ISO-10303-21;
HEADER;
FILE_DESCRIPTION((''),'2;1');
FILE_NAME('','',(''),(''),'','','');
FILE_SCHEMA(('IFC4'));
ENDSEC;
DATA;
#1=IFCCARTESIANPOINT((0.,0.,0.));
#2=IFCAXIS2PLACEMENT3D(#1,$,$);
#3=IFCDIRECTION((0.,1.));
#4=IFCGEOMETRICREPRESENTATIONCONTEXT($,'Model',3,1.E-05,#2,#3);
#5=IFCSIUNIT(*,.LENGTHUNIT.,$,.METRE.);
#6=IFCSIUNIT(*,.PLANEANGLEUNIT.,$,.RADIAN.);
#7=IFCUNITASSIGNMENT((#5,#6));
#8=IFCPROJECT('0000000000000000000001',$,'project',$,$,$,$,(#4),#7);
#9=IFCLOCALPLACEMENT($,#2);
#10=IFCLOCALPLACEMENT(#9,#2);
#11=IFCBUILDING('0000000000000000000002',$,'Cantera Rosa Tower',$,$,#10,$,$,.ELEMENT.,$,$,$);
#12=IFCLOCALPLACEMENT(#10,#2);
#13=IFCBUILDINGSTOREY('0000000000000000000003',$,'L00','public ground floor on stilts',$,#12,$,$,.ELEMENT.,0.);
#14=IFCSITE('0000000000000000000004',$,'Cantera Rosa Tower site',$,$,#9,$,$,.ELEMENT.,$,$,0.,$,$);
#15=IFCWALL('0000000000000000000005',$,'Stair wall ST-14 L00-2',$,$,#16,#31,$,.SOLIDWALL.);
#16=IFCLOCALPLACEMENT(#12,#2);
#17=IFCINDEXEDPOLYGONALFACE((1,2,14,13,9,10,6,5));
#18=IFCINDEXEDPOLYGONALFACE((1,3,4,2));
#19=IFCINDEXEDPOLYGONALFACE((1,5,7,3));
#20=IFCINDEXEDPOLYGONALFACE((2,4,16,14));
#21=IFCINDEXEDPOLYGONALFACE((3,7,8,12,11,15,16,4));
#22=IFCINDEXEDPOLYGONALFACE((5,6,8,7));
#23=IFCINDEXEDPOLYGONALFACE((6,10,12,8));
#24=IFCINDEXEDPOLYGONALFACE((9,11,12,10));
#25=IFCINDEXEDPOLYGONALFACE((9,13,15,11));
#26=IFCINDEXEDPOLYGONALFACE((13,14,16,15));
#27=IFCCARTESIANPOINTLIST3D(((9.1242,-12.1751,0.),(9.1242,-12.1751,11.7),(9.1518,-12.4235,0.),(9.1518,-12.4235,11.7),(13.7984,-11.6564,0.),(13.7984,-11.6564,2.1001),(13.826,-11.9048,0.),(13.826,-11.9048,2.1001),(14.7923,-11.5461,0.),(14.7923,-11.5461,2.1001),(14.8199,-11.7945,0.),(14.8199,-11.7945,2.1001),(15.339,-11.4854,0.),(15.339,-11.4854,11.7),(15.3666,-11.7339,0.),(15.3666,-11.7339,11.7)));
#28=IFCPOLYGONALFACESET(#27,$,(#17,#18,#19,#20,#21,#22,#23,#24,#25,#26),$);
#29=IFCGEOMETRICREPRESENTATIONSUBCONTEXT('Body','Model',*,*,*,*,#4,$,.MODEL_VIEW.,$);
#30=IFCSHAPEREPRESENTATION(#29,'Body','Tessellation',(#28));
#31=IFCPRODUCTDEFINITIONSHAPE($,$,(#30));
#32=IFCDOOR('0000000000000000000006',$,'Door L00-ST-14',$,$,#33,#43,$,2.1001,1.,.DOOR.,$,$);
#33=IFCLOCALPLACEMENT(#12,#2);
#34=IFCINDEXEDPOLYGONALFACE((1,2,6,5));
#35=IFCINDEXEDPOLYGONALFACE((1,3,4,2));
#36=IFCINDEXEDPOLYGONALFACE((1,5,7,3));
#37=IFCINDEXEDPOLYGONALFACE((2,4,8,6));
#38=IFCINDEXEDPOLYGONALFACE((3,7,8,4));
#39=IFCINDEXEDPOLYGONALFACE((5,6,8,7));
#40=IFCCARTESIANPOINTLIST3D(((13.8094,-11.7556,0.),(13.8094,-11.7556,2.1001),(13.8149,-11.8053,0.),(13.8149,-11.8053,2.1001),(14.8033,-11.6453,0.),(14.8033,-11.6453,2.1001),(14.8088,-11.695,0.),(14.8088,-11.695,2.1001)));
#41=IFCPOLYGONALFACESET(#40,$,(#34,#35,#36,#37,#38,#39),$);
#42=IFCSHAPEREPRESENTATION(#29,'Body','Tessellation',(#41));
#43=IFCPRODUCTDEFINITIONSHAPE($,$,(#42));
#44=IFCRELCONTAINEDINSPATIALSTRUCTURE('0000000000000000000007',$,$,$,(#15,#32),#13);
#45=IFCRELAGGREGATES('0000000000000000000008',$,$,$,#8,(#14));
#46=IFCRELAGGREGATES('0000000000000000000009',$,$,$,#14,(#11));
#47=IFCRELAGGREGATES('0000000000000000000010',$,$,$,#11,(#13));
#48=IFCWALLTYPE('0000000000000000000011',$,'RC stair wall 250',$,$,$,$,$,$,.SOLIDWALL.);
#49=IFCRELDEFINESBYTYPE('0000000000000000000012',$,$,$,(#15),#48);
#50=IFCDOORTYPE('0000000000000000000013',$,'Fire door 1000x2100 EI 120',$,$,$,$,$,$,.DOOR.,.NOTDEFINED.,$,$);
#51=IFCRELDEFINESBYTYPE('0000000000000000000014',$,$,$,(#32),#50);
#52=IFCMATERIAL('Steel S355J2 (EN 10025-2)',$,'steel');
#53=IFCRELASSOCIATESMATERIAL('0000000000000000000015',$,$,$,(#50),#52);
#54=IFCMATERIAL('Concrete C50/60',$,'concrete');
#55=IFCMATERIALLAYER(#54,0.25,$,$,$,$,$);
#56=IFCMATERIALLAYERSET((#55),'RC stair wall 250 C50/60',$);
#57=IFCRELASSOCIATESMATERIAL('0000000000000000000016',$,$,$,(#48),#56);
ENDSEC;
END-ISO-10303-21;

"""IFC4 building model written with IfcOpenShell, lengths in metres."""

from ifc_helpers import new_model, si_unit, direction, frame, frame_2d, origin, place, context, subcontext, project, spatial, rectangle, extrude, material, layer, layer_set, type_object, element, fill, save


model = new_model("IFC4")

# Units and contexts
model_context = context("Model", 3, precision=1e-05, world=origin(), true_north=direction((0.0, 1.0)))
body_context = subcontext(model_context, "Body", "Model", "MODEL_VIEW")
ifc_project = project(units=[si_unit("LENGTHUNIT", "METRE"), si_unit("PLANEANGLEUNIT", "RADIAN")], contexts=[model_context])

# Site, building, storey
site_placement = place(None, origin())
site = spatial("IfcSite", under=ifc_project, at=site_placement, Name="Cantera Rosa Tower site", CompositionType="ELEMENT", RefElevation=0.0)
building_placement = place(site_placement, origin())
building = spatial("IfcBuilding", under=site, at=building_placement, Name="Cantera Rosa Tower", CompositionType="ELEMENT")
storey_placement = place(building_placement, origin())
storey = spatial("IfcBuildingStorey", under=building, at=storey_placement, Name="L00", Description="public ground floor on stilts", CompositionType="ELEMENT", Elevation=0.0)

# Shared definitions
ifc_material_1 = material(Name="Steel S355J2 (EN 10025-2)", Category="steel")
door_type_1 = type_object("IfcDoorType", Name="Fire door 1000x2100 EI 120", OperationType="NOTDEFINED", PredefinedType="DOOR", material=ifc_material_1)

# Shared definitions
ifc_material_2 = material(Name="Concrete C50/60", Category="concrete")
ifc_layer_1 = layer(ifc_material_2, 0.25)
ifc_layer_set_1 = layer_set([ifc_layer_1], Name="RC stair wall 250 C50/60")
wall_type_1 = type_object("IfcWallType", Name="RC stair wall 250", PredefinedType="SOLIDWALL", material=ifc_layer_set_1)

# Wall, opening, door
wall_1_placement = place(storey_placement, frame((15.3528, -11.6096, 0.0), z_axis=(0.0, 0.0, 1.0), x_axis=(-0.993898, -0.110299, 0.0)))
wall_1 = element("IfcWall", 1, at=wall_1_placement, inside=storey, type_object=wall_type_1, Name="Stair wall ST-14 L00-2", PredefinedType="SOLIDWALL", context=body_context, shape_type="SweptSolid", body=[
    extrude(rectangle(XDim=6.2529, YDim=0.25, at=frame_2d((3.1265, 0.0))), origin(), (0.0, 0.0, 1.0), 11.7),
])
opening_1_placement = place(wall_1_placement, frame((0.55, 0.0, 0.0)))
opening_1 = element("IfcOpeningElement", 2, at=opening_1_placement, cuts=wall_1, PredefinedType="OPENING", context=body_context, shape_type="SweptSolid", body=[
    extrude(rectangle(XDim=1.0, YDim=2.1001, at=frame_2d((0.5, 1.05))), frame((0.0, 0.135, 0.0), z_axis=(0.0, -1.0, 0.0), x_axis=(1.0, 0.0, 0.0)), (0.0, 0.0, 1.0), 0.27),
])
door_1_placement = place(opening_1_placement, origin())
door_1 = element("IfcDoor", 3, at=door_1_placement, inside=storey, type_object=door_type_1, Name="Door L00-ST-14", OverallHeight=2.1001, OverallWidth=1.0, PredefinedType="DOOR", context=body_context, shape_type="SweptSolid", body=[
    extrude(rectangle(XDim=1.0, YDim=2.1001, at=frame_2d((0.5, 1.05))), frame((0.0, 0.0249, 0.0), z_axis=(0.0, -1.0, 0.0), x_axis=(1.0, 0.0, 0.0)), (0.0, 0.0, 1.0), 0.05),
])
fill(opening_1, door_1)

save(model, "model.ifc")
